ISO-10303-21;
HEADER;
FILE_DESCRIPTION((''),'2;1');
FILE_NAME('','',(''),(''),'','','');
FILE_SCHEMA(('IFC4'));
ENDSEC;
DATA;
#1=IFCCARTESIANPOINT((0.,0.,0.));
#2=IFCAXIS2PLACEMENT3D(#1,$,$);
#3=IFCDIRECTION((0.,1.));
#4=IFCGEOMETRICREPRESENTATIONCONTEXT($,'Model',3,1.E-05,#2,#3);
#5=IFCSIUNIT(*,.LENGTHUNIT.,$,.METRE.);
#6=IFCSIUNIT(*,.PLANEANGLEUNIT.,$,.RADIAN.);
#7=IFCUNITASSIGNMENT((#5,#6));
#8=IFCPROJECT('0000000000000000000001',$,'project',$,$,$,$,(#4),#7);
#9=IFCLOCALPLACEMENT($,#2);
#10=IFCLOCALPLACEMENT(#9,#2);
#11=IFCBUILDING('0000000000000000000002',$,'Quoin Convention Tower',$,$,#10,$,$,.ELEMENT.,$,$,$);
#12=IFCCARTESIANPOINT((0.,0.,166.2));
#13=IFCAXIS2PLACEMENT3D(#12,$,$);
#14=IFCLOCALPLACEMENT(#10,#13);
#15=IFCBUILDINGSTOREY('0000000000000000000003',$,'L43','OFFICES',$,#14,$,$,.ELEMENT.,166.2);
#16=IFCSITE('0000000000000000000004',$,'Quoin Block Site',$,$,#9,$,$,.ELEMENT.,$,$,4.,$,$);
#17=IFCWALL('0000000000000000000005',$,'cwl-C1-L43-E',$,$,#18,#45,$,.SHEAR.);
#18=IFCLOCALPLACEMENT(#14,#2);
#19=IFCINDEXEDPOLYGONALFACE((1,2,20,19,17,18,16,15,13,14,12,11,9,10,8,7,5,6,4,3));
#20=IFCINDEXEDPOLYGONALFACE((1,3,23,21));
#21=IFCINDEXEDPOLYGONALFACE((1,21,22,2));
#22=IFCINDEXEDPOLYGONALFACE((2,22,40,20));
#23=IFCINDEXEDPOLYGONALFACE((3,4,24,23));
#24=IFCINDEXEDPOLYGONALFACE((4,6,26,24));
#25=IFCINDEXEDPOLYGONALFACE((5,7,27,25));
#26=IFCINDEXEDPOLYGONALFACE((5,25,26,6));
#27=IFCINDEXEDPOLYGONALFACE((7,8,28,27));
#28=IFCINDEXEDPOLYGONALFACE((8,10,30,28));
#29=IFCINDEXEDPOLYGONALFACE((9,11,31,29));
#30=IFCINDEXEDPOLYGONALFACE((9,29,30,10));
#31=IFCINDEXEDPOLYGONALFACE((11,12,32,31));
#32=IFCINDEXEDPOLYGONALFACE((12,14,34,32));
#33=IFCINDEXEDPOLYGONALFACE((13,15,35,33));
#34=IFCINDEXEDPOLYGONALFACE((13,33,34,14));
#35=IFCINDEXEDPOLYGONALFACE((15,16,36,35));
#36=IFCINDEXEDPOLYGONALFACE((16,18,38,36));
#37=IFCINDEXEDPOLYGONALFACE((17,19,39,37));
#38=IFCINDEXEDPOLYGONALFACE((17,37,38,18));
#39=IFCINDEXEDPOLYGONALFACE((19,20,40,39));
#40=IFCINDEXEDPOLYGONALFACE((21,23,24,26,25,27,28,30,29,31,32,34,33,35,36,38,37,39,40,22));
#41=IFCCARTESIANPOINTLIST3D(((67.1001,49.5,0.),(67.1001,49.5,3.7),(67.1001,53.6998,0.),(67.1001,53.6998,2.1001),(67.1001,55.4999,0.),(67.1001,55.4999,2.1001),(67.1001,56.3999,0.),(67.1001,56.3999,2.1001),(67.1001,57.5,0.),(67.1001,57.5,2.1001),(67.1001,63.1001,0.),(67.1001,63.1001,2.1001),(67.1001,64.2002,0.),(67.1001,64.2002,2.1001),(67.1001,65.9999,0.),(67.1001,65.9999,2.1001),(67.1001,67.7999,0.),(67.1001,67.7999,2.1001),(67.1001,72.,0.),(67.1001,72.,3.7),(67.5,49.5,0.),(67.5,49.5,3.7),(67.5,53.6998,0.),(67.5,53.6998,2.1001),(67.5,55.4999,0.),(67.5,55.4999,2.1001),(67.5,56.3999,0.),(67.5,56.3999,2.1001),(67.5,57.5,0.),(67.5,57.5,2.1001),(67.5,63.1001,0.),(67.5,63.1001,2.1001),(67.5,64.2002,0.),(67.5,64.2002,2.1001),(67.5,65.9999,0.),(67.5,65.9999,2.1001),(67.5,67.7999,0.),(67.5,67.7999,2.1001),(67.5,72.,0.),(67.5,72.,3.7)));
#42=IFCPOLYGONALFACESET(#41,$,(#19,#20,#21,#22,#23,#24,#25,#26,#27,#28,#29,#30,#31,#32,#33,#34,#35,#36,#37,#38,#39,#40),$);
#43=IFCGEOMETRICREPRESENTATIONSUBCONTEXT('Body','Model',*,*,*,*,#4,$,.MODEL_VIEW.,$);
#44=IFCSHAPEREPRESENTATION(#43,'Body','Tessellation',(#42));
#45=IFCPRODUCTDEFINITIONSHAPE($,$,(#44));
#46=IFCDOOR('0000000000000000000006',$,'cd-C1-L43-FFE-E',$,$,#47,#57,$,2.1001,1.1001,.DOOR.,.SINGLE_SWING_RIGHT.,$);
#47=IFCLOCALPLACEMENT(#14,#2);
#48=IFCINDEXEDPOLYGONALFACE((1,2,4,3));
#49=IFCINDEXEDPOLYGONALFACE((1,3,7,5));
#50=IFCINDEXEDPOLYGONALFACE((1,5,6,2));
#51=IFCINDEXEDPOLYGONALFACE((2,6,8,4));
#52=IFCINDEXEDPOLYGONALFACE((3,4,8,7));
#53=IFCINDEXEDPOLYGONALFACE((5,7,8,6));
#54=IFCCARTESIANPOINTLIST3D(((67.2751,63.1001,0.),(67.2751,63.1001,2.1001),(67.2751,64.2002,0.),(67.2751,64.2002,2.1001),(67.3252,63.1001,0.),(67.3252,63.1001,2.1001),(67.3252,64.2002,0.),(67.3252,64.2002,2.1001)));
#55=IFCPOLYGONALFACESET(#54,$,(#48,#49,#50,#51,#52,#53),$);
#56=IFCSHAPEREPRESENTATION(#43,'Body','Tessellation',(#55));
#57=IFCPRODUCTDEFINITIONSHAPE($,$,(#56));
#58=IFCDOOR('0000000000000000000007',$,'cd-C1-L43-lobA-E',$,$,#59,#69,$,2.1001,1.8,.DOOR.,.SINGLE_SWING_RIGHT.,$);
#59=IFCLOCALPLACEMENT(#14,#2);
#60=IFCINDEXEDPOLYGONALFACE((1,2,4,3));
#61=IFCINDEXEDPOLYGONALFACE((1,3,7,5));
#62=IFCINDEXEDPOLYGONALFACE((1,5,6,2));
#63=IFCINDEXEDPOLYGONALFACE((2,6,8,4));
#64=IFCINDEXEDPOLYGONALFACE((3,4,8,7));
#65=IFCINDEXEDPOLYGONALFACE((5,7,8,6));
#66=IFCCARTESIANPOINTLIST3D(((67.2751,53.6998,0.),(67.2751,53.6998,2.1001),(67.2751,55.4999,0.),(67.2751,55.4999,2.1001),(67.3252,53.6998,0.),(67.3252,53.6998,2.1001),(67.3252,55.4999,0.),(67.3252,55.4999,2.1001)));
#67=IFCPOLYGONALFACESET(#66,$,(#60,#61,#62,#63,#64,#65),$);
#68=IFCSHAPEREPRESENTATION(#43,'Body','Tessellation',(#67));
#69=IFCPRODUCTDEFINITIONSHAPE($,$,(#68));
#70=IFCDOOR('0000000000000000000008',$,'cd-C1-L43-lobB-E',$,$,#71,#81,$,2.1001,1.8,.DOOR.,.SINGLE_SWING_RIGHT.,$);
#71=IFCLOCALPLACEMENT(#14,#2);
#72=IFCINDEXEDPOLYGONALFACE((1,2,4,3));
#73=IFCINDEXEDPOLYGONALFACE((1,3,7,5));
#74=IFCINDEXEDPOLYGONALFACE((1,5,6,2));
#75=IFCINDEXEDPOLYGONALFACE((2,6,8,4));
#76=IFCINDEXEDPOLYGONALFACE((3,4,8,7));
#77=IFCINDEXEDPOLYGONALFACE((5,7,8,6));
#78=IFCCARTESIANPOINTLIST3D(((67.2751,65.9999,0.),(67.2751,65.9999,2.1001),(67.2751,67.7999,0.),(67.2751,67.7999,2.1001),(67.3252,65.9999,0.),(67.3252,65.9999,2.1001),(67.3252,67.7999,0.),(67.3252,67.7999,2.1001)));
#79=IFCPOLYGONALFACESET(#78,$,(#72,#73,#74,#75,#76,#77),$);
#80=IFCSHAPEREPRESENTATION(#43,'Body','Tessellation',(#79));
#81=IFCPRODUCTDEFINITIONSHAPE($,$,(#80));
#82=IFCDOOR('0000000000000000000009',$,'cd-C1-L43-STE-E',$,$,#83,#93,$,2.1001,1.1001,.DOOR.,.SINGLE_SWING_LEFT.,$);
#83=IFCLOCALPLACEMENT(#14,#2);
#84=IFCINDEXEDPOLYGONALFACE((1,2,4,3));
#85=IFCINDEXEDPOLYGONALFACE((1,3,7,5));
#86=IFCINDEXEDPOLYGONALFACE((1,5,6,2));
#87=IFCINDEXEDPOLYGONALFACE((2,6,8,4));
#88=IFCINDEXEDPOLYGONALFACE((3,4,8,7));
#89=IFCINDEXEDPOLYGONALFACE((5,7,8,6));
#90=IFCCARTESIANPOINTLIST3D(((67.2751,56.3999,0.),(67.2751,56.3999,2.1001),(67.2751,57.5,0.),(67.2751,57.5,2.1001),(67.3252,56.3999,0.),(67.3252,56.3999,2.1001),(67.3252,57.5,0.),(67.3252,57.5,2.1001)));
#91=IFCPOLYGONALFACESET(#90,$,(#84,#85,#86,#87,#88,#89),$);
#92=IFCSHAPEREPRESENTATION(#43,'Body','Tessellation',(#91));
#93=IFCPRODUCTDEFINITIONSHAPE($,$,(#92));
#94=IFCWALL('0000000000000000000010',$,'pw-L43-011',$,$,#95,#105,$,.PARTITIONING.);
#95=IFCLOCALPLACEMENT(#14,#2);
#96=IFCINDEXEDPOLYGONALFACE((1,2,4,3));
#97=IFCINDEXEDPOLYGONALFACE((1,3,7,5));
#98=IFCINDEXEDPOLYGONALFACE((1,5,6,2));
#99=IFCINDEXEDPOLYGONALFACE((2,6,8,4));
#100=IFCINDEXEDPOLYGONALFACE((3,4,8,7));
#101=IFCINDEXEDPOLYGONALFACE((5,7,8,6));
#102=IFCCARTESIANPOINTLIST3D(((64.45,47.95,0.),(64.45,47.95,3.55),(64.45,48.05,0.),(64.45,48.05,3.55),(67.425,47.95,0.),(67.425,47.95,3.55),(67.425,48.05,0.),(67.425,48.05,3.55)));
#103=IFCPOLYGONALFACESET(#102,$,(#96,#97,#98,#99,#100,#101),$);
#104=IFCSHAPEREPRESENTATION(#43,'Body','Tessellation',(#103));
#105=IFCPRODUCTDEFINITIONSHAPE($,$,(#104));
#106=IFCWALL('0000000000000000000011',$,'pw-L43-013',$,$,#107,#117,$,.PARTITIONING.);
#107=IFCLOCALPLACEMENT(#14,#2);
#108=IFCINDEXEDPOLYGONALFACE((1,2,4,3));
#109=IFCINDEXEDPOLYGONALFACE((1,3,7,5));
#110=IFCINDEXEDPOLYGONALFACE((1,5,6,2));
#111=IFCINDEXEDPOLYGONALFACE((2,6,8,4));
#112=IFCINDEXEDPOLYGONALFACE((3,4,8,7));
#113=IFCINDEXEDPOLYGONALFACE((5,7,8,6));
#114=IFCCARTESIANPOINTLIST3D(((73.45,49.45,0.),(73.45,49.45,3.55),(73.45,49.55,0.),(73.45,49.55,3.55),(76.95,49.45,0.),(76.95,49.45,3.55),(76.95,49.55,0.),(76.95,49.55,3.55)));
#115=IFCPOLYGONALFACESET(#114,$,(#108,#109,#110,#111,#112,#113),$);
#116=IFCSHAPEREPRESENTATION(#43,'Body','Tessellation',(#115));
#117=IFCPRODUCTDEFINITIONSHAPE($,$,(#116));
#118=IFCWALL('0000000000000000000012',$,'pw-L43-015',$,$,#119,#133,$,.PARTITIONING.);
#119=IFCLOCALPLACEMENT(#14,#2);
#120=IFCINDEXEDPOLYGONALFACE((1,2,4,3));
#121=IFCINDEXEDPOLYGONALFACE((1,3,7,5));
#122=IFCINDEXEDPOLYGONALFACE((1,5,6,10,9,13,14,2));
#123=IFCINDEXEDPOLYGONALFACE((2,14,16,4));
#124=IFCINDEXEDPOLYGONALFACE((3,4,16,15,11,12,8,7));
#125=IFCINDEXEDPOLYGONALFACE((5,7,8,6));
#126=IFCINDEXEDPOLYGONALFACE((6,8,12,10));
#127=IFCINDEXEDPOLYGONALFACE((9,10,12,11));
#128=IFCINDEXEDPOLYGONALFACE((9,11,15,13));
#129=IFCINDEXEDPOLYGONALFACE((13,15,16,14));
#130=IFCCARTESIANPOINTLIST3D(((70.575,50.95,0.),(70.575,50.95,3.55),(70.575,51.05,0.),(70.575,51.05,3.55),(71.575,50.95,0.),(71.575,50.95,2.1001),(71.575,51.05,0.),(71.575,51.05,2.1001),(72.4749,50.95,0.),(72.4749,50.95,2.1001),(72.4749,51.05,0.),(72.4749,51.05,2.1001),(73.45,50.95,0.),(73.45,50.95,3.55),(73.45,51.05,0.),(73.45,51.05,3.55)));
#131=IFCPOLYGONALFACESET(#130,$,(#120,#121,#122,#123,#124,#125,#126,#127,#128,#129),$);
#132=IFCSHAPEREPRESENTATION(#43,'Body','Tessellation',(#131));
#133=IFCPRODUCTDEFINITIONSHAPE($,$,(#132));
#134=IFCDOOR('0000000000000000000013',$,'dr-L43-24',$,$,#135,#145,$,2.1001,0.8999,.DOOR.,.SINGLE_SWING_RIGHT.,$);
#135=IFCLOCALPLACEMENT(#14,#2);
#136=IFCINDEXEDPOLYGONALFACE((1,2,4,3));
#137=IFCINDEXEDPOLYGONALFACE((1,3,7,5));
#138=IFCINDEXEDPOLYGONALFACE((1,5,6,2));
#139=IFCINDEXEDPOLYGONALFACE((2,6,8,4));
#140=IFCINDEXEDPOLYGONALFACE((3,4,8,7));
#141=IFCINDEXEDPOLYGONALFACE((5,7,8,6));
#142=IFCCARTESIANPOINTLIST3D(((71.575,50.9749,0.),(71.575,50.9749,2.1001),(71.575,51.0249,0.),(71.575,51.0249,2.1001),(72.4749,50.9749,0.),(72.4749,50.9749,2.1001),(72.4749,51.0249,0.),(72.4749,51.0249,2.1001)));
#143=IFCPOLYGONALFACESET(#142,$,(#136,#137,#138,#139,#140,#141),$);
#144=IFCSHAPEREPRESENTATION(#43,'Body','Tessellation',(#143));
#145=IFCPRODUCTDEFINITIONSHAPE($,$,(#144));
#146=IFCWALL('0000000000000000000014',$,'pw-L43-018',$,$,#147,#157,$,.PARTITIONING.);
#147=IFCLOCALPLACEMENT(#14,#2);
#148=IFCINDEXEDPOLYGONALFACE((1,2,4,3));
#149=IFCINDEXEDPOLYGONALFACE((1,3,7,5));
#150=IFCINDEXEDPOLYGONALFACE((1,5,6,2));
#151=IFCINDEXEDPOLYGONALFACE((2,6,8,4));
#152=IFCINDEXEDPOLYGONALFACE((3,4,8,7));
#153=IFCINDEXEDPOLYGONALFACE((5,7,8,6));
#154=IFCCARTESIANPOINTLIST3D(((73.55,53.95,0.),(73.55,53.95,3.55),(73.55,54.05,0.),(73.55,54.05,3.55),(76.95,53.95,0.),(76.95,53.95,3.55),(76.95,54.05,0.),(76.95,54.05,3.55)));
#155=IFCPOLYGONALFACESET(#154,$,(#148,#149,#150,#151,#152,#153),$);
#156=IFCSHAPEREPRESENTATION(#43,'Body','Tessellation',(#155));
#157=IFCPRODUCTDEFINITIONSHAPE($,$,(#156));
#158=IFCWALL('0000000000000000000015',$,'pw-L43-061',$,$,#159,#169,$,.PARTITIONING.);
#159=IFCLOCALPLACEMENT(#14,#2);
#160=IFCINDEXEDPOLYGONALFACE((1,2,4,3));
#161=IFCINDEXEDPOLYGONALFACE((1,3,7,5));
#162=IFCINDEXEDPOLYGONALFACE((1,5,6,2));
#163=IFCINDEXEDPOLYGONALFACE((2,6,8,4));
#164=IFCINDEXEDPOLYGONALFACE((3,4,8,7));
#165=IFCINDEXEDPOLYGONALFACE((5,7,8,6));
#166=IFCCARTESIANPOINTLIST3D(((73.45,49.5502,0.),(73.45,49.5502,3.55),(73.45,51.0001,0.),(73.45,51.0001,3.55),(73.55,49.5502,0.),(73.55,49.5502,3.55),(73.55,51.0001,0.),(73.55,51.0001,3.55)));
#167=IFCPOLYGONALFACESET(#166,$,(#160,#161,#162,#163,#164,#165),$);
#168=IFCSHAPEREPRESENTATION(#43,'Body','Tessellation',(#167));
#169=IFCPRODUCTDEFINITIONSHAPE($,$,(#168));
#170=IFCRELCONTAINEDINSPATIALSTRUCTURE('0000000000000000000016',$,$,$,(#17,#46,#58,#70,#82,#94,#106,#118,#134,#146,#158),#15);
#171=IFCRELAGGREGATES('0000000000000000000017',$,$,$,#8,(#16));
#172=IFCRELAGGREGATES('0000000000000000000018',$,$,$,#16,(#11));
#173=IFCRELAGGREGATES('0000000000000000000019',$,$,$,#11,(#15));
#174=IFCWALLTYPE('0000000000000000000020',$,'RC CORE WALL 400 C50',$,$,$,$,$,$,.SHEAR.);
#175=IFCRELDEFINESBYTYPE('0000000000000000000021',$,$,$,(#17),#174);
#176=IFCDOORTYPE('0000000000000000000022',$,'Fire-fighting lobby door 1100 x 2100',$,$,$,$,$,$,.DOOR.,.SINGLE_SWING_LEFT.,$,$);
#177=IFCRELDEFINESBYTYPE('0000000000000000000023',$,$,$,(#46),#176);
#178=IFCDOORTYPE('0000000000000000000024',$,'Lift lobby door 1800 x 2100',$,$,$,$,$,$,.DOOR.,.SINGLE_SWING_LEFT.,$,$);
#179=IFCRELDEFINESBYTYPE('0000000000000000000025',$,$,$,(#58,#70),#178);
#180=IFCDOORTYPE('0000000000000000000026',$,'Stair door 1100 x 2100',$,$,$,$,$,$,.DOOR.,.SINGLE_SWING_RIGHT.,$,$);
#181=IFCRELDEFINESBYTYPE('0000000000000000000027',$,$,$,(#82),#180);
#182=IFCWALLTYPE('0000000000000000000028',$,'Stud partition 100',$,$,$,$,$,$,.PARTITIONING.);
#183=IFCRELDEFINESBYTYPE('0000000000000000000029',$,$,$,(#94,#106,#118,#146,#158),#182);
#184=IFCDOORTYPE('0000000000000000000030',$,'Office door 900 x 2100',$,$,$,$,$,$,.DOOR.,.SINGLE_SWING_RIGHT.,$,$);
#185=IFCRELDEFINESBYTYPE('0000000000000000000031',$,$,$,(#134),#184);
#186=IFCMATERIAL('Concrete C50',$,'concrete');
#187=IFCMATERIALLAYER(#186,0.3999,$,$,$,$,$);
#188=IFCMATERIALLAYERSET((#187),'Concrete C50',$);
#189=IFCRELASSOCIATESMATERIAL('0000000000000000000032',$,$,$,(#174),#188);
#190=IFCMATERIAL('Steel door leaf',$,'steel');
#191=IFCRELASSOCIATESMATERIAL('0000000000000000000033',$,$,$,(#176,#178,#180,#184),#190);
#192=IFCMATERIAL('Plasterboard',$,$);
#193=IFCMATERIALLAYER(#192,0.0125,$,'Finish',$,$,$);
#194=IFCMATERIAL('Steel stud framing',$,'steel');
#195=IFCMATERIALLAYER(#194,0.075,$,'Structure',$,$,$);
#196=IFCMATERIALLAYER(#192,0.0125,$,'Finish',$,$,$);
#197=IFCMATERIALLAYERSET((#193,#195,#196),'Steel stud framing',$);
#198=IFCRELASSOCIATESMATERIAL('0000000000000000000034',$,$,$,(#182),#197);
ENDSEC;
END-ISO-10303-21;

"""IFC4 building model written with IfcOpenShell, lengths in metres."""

from ifc_helpers import new_model, si_unit, direction, frame, frame_2d, origin, place, context, subcontext, project, spatial, rectangle, extrude, material, layer, layer_set, type_object, element, fill, save


model = new_model("IFC4")

# Units and contexts
model_context = context("Model", 3, precision=1e-05, world=origin(), true_north=direction((0.0, 1.0)))
body_context = subcontext(model_context, "Body", "Model", "MODEL_VIEW")
ifc_project = project(units=[si_unit("LENGTHUNIT", "METRE"), si_unit("PLANEANGLEUNIT", "RADIAN")], contexts=[model_context])

# Site, building, storey
site_placement = place(None, origin())
site = spatial("IfcSite", under=ifc_project, at=site_placement, Name="Quoin Block Site", CompositionType="ELEMENT", RefElevation=4.0)
building_placement = place(site_placement, origin())
building = spatial("IfcBuilding", under=site, at=building_placement, Name="Quoin Convention Tower", CompositionType="ELEMENT")
storey_placement = place(building_placement, frame((0.0, 0.0, 166.2)))
storey = spatial("IfcBuildingStorey", under=building, at=storey_placement, Name="L43", Description="OFFICES", CompositionType="ELEMENT", Elevation=166.2)

# Shared definitions
ifc_material_1 = material(Name="Concrete C50", Category="concrete")

# Shared definitions
ifc_material_2 = material(Name="Plasterboard")
ifc_material_3 = material(Name="Steel stud framing", Category="steel")
ifc_material_4 = material(Name="Steel door leaf", Category="steel")

# Wall, openings, doors
ifc_layer_1 = layer(ifc_material_1, 0.3999)
ifc_layer_set_1 = layer_set([ifc_layer_1], Name="Concrete C50")
wall_type_1 = type_object("IfcWallType", Name="RC CORE WALL 400 C50", PredefinedType="SHEAR", material=ifc_layer_set_1)
wall_1_placement = place(storey_placement, frame((67.3, 49.5, 0.0), z_axis=(0.0, 0.0, 1.0), x_axis=(0.0, 1.0, 0.0)))
wall_1 = element("IfcWall", 1, at=wall_1_placement, inside=storey, type_object=wall_type_1, Name="cwl-C1-L43-E", PredefinedType="SHEAR", context=body_context, shape_type="SweptSolid", body=[
    extrude(rectangle(XDim=22.5, YDim=0.3999, at=frame_2d((11.25, 0.0))), origin(), (0.0, 0.0, 1.0), 3.7),
])
opening_1_placement = place(wall_1_placement, frame((4.2, 0.0, 0.0)))
opening_1 = element("IfcOpeningElement", 2, at=opening_1_placement, cuts=wall_1, PredefinedType="OPENING", context=body_context, shape_type="SweptSolid", body=[
    extrude(rectangle(XDim=1.8, YDim=2.1001, at=frame_2d((0.8999, 1.05))), frame((0.0, 0.21, 0.0), z_axis=(0.0, -1.0, 0.0), x_axis=(1.0, 0.0, 0.0)), (0.0, 0.0, 1.0), 0.4199),
])
opening_2_placement = place(wall_1_placement, frame((6.8999, 0.0, 0.0)))
opening_2 = element("IfcOpeningElement", 3, at=opening_2_placement, cuts=wall_1, PredefinedType="OPENING", context=body_context, shape_type="SweptSolid", body=[
    extrude(rectangle(XDim=1.1001, YDim=2.1001, at=frame_2d((0.55, 1.05))), frame((0.0, 0.21, 0.0), z_axis=(0.0, -1.0, 0.0), x_axis=(1.0, 0.0, 0.0)), (0.0, 0.0, 1.0), 0.4199),
])
opening_3_placement = place(wall_1_placement, frame((13.6001, 0.0, 0.0)))
opening_3 = element("IfcOpeningElement", 4, at=opening_3_placement, cuts=wall_1, PredefinedType="OPENING", context=body_context, shape_type="SweptSolid", body=[
    extrude(rectangle(XDim=1.1001, YDim=2.1001, at=frame_2d((0.55, 1.05))), frame((0.0, 0.21, 0.0), z_axis=(0.0, -1.0, 0.0), x_axis=(1.0, 0.0, 0.0)), (0.0, 0.0, 1.0), 0.4199),
])
opening_4_placement = place(wall_1_placement, frame((16.5, 0.0, 0.0)))
opening_4 = element("IfcOpeningElement", 5, at=opening_4_placement, cuts=wall_1, PredefinedType="OPENING", context=body_context, shape_type="SweptSolid", body=[
    extrude(rectangle(XDim=1.8, YDim=2.1001, at=frame_2d((0.8999, 1.05))), frame((0.0, 0.21, 0.0), z_axis=(0.0, -1.0, 0.0), x_axis=(1.0, 0.0, 0.0)), (0.0, 0.0, 1.0), 0.4199),
])
door_type_1 = type_object("IfcDoorType", Name="Fire-fighting lobby door 1100 x 2100", OperationType="SINGLE_SWING_LEFT", PredefinedType="DOOR", material=ifc_material_4)
door_1_placement = place(opening_3_placement, origin())
door_1 = element("IfcDoor", 6, at=door_1_placement, inside=storey, type_object=door_type_1, Name="cd-C1-L43-FFE-E", OperationType="SINGLE_SWING_RIGHT", OverallHeight=2.1001, OverallWidth=1.1001, PredefinedType="DOOR", context=body_context, shape_type="SweptSolid", body=[
    extrude(rectangle(XDim=1.1001, YDim=2.1001, at=frame_2d((0.55, 1.05))), frame((0.0, 0.0249, 0.0), z_axis=(0.0, -1.0, 0.0), x_axis=(1.0, 0.0, 0.0)), (0.0, 0.0, 1.0), 0.05),
])
fill(opening_3, door_1)
door_type_2 = type_object("IfcDoorType", Name="Lift lobby door 1800 x 2100", OperationType="SINGLE_SWING_LEFT", PredefinedType="DOOR", material=ifc_material_4)
door_2_placement = place(opening_1_placement, origin())
door_2 = element("IfcDoor", 7, at=door_2_placement, inside=storey, type_object=door_type_2, Name="cd-C1-L43-lobA-E", OperationType="SINGLE_SWING_RIGHT", OverallHeight=2.1001, OverallWidth=1.8, PredefinedType="DOOR", context=body_context, shape_type="SweptSolid", body=[
    extrude(rectangle(XDim=1.8, YDim=2.1001, at=frame_2d((0.8999, 1.05))), frame((0.0, 0.0249, 0.0), z_axis=(0.0, -1.0, 0.0), x_axis=(1.0, 0.0, 0.0)), (0.0, 0.0, 1.0), 0.05),
])
fill(opening_1, door_2)
door_3_placement = place(opening_4_placement, origin())
door_3 = element("IfcDoor", 8, at=door_3_placement, inside=storey, type_object=door_type_2, Name="cd-C1-L43-lobB-E", OperationType="SINGLE_SWING_RIGHT", OverallHeight=2.1001, OverallWidth=1.8, PredefinedType="DOOR", context=body_context, shape_type="SweptSolid", body=[
    extrude(rectangle(XDim=1.8, YDim=2.1001, at=frame_2d((0.8999, 1.05))), frame((0.0, 0.0249, 0.0), z_axis=(0.0, -1.0, 0.0), x_axis=(1.0, 0.0, 0.0)), (0.0, 0.0, 1.0), 0.05),
])
fill(opening_4, door_3)
door_type_3 = type_object("IfcDoorType", Name="Stair door 1100 x 2100", OperationType="SINGLE_SWING_RIGHT", PredefinedType="DOOR", material=ifc_material_4)
door_4_placement = place(opening_2_placement, origin())
door_4 = element("IfcDoor", 9, at=door_4_placement, inside=storey, type_object=door_type_3, Name="cd-C1-L43-STE-E", OperationType="SINGLE_SWING_LEFT", OverallHeight=2.1001, OverallWidth=1.1001, PredefinedType="DOOR", context=body_context, shape_type="SweptSolid", body=[
    extrude(rectangle(XDim=1.1001, YDim=2.1001, at=frame_2d((0.55, 1.05))), frame((0.0, 0.0249, 0.0), z_axis=(0.0, -1.0, 0.0), x_axis=(1.0, 0.0, 0.0)), (0.0, 0.0, 1.0), 0.05),
])
fill(opening_2, door_4)

# Walls
ifc_layer_2 = layer(ifc_material_2, 0.0125, Name="Finish")
ifc_layer_3 = layer(ifc_material_3, 0.075, Name="Structure")
ifc_layer_4 = layer(ifc_material_2, 0.0125, Name="Finish")
ifc_layer_set_2 = layer_set([ifc_layer_2, ifc_layer_3, ifc_layer_4], Name="Steel stud framing")
wall_type_2 = type_object("IfcWallType", Name="Stud partition 100", PredefinedType="PARTITIONING", material=ifc_layer_set_2)
wall_2_placement = place(storey_placement, frame((64.45, 48.0, 0.0), z_axis=(0.0, 0.0, 1.0), x_axis=(1.0, 0.0, 0.0)))
element("IfcWall", 10, at=wall_2_placement, inside=storey, type_object=wall_type_2, Name="pw-L43-011", PredefinedType="PARTITIONING", context=body_context, shape_type="SweptSolid", body=[
    extrude(rectangle(XDim=2.9751, YDim=0.1001, at=frame_2d((1.4875, 0.0))), origin(), (0.0, 0.0, 1.0), 3.55),
])
wall_3_placement = place(storey_placement, frame((73.45, 49.5, 0.0), z_axis=(0.0, 0.0, 1.0), x_axis=(1.0, 0.0, 0.0)))
element("IfcWall", 11, at=wall_3_placement, inside=storey, type_object=wall_type_2, Name="pw-L43-013", PredefinedType="PARTITIONING", context=body_context, shape_type="SweptSolid", body=[
    extrude(rectangle(XDim=3.5, YDim=0.1001, at=frame_2d((1.75, 0.0))), origin(), (0.0, 0.0, 1.0), 3.55),
])

# Wall, opening, door
wall_4_placement = place(storey_placement, frame((70.575, 51.0, 0.0), z_axis=(0.0, 0.0, 1.0), x_axis=(1.0, 0.0, 0.0)))
wall_4 = element("IfcWall", 12, at=wall_4_placement, inside=storey, type_object=wall_type_2, Name="pw-L43-015", PredefinedType="PARTITIONING", context=body_context, shape_type="SweptSolid", body=[
    extrude(rectangle(XDim=2.875, YDim=0.1001, at=frame_2d((1.4375, 0.0))), origin(), (0.0, 0.0, 1.0), 3.55),
])
opening_5_placement = place(wall_4_placement, frame((1.0, 0.0, 0.0)))
opening_5 = element("IfcOpeningElement", 13, at=opening_5_placement, cuts=wall_4, PredefinedType="OPENING", context=body_context, shape_type="SweptSolid", body=[
    extrude(rectangle(XDim=0.8999, YDim=2.1001, at=frame_2d((0.45, 1.05))), frame((0.0, 0.0601, 0.0), z_axis=(0.0, -1.0, 0.0), x_axis=(1.0, 0.0, 0.0)), (0.0, 0.0, 1.0), 0.1201),
])
door_type_4 = type_object("IfcDoorType", Name="Office door 900 x 2100", OperationType="SINGLE_SWING_RIGHT", PredefinedType="DOOR", material=ifc_material_4)
door_5_placement = place(opening_5_placement, origin())
door_5 = element("IfcDoor", 14, at=door_5_placement, inside=storey, type_object=door_type_4, Name="dr-L43-24", OperationType="SINGLE_SWING_RIGHT", OverallHeight=2.1001, OverallWidth=0.8999, PredefinedType="DOOR", context=body_context, shape_type="SweptSolid", body=[
    extrude(rectangle(XDim=0.8999, YDim=2.1001, at=frame_2d((0.45, 1.05))), frame((0.0, 0.0249, 0.0), z_axis=(0.0, -1.0, 0.0), x_axis=(1.0, 0.0, 0.0)), (0.0, 0.0, 1.0), 0.05),
])
fill(opening_5, door_5)

# Walls
wall_5_placement = place(storey_placement, frame((73.55, 54.0, 0.0), z_axis=(0.0, 0.0, 1.0), x_axis=(1.0, 0.0, 0.0)))
element("IfcWall", 15, at=wall_5_placement, inside=storey, type_object=wall_type_2, Name="pw-L43-018", PredefinedType="PARTITIONING", context=body_context, shape_type="SweptSolid", body=[
    extrude(rectangle(XDim=3.3999, YDim=0.1001, at=frame_2d((1.7, 0.0))), origin(), (0.0, 0.0, 1.0), 3.55),
])
wall_6_placement = place(storey_placement, frame((73.5, 49.55, 0.0), z_axis=(0.0, 0.0, 1.0), x_axis=(0.0, 1.0, 0.0)))
element("IfcWall", 16, at=wall_6_placement, inside=storey, type_object=wall_type_2, Name="pw-L43-061", PredefinedType="PARTITIONING", context=body_context, shape_type="SweptSolid", body=[
    extrude(rectangle(XDim=1.45, YDim=0.1001, at=frame_2d((0.7251, 0.0))), origin(), (0.0, 0.0, 1.0), 3.55),
])

save(model, "model.ifc")
